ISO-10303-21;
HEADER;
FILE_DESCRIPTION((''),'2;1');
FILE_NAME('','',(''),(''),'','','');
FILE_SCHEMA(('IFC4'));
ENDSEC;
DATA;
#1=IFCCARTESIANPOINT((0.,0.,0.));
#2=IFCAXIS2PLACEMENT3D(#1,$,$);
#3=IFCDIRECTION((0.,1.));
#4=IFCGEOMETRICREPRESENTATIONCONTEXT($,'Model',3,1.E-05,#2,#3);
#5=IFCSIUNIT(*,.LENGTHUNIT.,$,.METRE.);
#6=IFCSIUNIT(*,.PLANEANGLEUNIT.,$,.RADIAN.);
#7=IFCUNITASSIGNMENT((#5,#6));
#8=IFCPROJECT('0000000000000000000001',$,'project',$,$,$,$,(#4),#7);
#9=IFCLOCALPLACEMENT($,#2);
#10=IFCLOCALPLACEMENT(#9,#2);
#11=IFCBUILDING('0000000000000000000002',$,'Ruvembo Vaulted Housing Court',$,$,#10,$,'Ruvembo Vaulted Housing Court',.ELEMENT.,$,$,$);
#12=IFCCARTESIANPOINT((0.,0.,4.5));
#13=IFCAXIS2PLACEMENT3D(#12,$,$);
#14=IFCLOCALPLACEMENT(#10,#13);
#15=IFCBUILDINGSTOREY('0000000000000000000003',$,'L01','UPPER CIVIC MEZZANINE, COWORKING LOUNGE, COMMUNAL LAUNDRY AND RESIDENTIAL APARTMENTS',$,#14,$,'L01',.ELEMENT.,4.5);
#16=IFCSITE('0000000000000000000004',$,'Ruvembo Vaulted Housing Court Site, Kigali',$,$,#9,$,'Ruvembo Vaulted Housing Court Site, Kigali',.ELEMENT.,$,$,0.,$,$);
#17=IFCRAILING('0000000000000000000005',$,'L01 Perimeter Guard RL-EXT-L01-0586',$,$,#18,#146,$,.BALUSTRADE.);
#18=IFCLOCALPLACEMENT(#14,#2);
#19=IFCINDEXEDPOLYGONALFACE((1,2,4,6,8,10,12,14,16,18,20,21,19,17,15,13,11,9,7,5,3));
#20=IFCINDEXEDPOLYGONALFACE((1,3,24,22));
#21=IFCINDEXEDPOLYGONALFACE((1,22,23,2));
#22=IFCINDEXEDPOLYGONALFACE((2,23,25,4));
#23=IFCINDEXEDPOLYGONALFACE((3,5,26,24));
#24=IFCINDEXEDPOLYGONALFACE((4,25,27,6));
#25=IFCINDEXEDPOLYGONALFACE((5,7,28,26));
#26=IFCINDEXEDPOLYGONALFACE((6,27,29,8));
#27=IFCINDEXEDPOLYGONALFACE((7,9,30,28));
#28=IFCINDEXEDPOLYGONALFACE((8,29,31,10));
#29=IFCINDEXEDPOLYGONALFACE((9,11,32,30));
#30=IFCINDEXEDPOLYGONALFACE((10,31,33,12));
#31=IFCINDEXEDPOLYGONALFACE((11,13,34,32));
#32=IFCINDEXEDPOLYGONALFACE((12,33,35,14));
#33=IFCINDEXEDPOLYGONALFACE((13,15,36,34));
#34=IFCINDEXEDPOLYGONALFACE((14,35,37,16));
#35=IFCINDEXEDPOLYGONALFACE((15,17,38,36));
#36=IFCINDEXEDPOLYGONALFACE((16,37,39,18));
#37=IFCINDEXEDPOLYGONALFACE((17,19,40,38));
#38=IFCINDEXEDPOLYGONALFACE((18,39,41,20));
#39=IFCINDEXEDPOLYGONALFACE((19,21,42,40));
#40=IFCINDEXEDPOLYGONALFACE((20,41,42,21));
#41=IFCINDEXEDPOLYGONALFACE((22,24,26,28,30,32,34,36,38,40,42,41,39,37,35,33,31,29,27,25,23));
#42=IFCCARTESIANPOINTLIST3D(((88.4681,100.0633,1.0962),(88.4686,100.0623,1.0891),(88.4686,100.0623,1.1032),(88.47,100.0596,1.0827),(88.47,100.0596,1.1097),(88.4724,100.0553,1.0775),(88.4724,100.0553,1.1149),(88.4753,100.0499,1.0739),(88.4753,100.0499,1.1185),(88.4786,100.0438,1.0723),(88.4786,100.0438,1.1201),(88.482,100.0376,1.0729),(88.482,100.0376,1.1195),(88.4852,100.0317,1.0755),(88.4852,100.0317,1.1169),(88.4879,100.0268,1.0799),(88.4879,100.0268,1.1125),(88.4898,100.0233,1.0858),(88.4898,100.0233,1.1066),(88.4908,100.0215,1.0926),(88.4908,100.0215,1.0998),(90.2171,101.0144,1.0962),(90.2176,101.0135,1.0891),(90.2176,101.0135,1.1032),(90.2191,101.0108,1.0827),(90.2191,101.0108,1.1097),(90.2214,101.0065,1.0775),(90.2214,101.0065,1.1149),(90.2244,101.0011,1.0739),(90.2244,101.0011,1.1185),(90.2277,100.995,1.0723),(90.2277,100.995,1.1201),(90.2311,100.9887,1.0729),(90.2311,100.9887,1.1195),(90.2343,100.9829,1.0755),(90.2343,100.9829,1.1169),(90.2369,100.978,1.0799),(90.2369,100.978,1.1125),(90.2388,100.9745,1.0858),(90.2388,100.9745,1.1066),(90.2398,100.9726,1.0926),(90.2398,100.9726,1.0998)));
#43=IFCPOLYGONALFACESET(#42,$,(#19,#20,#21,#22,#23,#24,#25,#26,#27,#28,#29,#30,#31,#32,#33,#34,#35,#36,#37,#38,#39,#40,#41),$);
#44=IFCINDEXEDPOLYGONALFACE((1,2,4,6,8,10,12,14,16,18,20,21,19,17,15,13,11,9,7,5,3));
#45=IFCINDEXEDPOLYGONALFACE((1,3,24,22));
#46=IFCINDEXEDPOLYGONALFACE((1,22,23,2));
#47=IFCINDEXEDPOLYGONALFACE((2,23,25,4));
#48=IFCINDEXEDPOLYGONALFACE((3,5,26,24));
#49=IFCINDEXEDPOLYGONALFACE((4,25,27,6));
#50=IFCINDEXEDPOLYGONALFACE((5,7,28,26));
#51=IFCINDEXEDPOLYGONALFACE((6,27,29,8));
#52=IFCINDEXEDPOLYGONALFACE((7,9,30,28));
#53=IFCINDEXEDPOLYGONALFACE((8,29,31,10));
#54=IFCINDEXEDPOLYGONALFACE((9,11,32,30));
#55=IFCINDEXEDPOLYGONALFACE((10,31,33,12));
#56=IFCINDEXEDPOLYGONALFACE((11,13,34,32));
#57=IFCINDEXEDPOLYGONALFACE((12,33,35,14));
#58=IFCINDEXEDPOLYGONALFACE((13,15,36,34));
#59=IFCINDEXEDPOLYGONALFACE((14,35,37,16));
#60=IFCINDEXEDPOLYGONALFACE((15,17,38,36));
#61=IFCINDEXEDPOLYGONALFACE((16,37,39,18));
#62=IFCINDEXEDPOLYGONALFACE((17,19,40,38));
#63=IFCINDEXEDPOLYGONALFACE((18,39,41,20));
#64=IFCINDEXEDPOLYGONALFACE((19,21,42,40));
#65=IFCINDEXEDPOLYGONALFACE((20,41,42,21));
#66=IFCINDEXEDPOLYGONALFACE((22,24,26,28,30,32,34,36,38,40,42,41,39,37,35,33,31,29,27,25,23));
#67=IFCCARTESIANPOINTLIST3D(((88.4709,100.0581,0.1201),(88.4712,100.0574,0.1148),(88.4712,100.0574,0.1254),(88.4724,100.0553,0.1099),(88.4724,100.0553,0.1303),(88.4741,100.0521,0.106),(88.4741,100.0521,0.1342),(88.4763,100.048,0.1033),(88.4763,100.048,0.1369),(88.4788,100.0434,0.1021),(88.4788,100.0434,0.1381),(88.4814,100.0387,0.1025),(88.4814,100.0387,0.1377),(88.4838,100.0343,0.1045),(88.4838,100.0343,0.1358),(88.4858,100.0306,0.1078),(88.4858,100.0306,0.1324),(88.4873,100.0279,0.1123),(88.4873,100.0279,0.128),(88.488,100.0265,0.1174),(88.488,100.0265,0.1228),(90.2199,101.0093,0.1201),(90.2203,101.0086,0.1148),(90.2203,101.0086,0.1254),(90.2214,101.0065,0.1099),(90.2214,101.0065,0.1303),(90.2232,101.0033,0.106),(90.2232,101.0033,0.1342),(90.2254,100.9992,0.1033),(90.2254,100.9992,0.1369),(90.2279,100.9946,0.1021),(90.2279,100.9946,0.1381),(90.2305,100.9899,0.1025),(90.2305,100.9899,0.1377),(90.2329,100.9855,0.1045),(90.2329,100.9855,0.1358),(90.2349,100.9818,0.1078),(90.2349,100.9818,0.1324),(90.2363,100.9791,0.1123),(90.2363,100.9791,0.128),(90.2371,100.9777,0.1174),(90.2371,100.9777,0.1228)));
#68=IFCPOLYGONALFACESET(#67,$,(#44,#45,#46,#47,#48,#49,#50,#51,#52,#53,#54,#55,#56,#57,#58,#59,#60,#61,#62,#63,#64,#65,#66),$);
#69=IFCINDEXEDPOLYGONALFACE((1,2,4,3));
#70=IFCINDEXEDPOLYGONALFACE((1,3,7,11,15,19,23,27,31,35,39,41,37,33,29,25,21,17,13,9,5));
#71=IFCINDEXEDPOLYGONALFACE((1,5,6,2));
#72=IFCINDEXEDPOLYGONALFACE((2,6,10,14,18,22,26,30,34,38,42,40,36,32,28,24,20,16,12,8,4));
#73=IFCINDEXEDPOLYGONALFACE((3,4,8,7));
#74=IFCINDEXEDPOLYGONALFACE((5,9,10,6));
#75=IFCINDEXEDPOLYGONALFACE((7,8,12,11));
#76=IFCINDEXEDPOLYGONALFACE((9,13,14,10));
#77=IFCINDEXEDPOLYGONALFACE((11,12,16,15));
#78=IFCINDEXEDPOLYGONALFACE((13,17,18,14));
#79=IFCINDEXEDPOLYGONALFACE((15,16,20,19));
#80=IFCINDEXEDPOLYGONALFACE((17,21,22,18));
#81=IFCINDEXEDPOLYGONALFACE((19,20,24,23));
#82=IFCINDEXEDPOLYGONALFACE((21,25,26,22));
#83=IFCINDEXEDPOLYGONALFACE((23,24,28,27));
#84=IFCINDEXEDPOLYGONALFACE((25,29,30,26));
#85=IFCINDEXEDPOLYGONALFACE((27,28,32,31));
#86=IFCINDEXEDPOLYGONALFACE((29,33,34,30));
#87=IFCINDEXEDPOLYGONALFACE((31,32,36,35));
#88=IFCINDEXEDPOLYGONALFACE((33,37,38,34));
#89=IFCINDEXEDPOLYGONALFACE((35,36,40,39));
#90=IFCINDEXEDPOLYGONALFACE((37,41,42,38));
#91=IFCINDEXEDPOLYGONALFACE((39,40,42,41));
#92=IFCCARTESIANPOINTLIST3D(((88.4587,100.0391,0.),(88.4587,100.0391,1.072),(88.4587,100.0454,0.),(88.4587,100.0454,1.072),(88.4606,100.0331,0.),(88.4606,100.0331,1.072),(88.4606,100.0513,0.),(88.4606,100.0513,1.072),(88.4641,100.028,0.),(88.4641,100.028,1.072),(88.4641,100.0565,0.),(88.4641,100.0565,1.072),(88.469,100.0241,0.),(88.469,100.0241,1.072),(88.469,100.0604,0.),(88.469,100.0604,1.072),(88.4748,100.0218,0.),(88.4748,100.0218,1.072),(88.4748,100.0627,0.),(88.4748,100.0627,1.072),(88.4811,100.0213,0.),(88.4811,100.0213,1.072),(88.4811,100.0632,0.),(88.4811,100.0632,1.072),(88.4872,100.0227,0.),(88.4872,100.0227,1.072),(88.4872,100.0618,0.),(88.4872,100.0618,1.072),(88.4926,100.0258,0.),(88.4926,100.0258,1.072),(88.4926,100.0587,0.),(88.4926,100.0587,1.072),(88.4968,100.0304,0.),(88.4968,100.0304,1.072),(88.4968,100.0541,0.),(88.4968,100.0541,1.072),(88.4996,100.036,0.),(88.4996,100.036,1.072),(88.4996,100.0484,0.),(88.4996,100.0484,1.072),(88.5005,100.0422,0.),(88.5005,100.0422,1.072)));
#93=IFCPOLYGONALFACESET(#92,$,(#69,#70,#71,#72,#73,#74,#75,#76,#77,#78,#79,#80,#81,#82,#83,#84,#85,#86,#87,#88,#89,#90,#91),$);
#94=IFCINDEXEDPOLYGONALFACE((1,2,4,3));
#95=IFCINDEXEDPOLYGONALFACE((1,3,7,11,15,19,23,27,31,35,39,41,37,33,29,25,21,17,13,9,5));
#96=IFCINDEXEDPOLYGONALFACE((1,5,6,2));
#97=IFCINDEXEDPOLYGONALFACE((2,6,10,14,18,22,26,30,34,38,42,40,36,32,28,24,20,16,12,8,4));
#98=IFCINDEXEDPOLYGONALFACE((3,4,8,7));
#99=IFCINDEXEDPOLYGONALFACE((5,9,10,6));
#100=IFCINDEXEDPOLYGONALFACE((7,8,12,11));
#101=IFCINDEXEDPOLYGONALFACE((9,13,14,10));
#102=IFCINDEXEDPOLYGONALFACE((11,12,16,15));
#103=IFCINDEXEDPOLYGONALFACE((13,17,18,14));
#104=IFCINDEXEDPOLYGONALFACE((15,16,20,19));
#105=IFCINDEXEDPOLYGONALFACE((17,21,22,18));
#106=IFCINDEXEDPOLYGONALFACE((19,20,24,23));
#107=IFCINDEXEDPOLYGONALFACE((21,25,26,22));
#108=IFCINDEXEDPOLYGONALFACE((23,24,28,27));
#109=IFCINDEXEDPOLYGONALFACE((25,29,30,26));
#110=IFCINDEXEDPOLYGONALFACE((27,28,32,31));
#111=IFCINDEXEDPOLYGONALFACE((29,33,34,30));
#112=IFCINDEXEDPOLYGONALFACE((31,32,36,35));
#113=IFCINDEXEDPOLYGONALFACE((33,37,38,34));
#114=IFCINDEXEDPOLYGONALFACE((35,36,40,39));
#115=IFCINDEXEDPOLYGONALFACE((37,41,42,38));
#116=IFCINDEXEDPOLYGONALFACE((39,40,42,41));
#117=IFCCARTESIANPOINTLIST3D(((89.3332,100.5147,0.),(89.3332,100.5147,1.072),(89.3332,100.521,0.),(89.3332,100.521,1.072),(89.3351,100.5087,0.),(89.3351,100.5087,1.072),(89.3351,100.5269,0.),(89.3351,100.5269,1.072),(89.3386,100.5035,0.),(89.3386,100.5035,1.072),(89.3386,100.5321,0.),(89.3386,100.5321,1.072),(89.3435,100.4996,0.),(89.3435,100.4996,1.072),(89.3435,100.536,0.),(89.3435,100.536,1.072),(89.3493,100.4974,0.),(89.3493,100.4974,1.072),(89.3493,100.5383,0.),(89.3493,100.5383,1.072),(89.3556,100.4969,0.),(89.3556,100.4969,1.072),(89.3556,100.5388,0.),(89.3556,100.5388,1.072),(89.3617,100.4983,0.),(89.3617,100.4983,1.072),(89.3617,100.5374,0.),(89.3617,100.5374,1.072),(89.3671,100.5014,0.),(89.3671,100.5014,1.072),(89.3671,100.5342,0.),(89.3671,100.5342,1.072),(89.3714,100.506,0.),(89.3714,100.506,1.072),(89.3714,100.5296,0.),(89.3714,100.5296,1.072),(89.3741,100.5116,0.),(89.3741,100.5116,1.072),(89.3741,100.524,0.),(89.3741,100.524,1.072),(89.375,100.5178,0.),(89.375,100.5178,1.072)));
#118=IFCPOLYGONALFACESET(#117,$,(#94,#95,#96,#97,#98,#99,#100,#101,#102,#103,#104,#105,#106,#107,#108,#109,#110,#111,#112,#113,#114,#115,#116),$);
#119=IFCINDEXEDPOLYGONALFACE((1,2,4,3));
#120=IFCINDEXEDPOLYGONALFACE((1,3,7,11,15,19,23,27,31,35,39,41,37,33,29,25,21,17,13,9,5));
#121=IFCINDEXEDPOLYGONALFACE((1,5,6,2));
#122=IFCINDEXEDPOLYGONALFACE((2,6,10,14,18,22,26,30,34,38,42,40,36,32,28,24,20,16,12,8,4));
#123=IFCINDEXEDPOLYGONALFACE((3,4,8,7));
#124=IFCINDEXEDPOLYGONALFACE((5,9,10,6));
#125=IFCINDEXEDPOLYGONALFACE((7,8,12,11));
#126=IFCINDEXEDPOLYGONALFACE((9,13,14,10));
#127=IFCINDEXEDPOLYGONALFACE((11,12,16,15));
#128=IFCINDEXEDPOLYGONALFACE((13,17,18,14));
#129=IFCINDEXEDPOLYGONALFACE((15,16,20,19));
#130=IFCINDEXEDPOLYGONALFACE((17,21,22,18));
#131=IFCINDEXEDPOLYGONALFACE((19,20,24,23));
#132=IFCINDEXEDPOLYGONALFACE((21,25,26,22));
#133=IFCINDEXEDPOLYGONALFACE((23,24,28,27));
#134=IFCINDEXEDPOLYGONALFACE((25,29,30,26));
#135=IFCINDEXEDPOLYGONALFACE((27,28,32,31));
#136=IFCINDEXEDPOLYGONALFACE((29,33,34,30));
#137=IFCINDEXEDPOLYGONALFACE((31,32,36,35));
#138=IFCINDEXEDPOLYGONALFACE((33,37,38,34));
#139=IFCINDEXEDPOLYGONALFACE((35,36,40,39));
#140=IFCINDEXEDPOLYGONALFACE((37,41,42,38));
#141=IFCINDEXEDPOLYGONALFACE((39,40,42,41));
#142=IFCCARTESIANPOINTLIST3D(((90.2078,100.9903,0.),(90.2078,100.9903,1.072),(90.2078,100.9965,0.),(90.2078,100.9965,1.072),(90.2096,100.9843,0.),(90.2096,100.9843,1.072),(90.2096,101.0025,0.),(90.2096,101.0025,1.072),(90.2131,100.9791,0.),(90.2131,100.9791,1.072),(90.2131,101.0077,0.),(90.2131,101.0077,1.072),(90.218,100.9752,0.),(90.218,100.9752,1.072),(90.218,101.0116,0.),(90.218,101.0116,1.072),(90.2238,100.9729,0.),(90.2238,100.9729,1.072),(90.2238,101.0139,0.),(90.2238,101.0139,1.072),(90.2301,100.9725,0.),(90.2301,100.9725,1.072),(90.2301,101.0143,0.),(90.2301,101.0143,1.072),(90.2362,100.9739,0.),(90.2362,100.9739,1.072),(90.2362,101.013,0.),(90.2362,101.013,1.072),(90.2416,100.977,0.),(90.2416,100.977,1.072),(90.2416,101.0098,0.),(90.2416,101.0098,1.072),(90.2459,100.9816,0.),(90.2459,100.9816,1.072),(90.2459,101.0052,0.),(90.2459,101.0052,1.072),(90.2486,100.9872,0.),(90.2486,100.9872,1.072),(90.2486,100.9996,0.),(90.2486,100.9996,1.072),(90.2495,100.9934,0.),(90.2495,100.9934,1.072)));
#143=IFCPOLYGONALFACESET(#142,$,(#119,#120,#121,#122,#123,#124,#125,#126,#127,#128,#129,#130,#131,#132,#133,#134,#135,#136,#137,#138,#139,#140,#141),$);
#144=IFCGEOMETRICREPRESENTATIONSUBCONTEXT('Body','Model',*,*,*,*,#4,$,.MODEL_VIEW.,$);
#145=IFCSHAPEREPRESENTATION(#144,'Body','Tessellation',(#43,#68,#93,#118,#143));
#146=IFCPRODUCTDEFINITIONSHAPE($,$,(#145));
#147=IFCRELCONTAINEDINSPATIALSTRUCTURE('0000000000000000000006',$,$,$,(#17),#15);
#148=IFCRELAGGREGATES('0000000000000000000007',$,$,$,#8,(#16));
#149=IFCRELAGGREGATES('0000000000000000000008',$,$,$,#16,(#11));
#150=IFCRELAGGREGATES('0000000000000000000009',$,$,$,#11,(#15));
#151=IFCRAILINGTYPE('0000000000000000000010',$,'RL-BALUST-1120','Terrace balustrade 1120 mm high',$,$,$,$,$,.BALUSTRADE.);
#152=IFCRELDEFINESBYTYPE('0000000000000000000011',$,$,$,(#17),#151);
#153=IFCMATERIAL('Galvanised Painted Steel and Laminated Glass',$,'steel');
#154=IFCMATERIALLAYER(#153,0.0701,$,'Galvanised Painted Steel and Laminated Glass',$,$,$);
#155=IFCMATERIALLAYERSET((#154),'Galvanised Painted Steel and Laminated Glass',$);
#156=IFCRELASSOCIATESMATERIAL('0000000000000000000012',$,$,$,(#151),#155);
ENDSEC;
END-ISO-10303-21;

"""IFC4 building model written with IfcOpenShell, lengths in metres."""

from ifc_helpers import new_model, si_unit, direction, frame, origin, origin_2d, place, context, subcontext, project, spatial, circle, extrude, material, layer, layer_set, type_object, element, save


model = new_model("IFC4")

# Units and contexts
model_context = context("Model", 3, precision=1e-05, world=origin(), true_north=direction((0.0, 1.0)))
body_context = subcontext(model_context, "Body", "Model", "MODEL_VIEW")
ifc_project = project(units=[si_unit("LENGTHUNIT", "METRE"), si_unit("PLANEANGLEUNIT", "RADIAN")], contexts=[model_context])

# Site, building, storey
site_placement = place(None, origin())
site = spatial("IfcSite", under=ifc_project, at=site_placement, Name="Ruvembo Vaulted Housing Court Site, Kigali", LongName="Ruvembo Vaulted Housing Court Site, Kigali", CompositionType="ELEMENT", RefElevation=0.0)
building_placement = place(site_placement, origin())
building = spatial("IfcBuilding", under=site, at=building_placement, Name="Ruvembo Vaulted Housing Court", LongName="Ruvembo Vaulted Housing Court", CompositionType="ELEMENT")
storey_placement = place(building_placement, frame((0.0, 0.0, 4.5)))
storey = spatial("IfcBuildingStorey", under=building, at=storey_placement, Name="L01", Description="UPPER CIVIC MEZZANINE, COWORKING LOUNGE, COMMUNAL LAUNDRY AND RESIDENTIAL APARTMENTS", LongName="L01", CompositionType="ELEMENT", Elevation=4.5)

# Railing
ifc_material_1 = material(Name="Galvanised Painted Steel and Laminated Glass", Category="steel")
ifc_layer_1 = layer(ifc_material_1, 0.0701, Name="Galvanised Painted Steel and Laminated Glass")
ifc_layer_set_1 = layer_set([ifc_layer_1], Name="Galvanised Painted Steel and Laminated Glass")
railing_type = type_object("IfcRailingType", Name="RL-BALUST-1120", Description="Terrace balustrade 1120 mm high", PredefinedType="BALUSTRADE", material=ifc_layer_set_1)
railing_1_placement = place(storey_placement, frame((88.4795, 100.0422, 0.0)))
element("IfcRailing", 1, at=railing_1_placement, inside=storey, type_object=railing_type, Name="L01 Perimeter Guard RL-EXT-L01-0586", PredefinedType="BALUSTRADE", context=body_context, shape_type="SweptSolid", body=[
    extrude(circle(Radius=0.0239, at=origin_2d()), frame((0.0, 0.0, 1.0962), z_axis=(0.878495, 0.477752, 0.0), x_axis=(-0.477752, 0.878495, 0.0)), (0.0, 0.0, 1.0), 1.991),
    extrude(circle(Radius=0.0181, at=origin_2d()), frame((0.0, 0.0, 0.1201), z_axis=(0.878495, 0.477752, 0.0), x_axis=(-0.477752, 0.878495, 0.0)), (0.0, 0.0, 1.0), 1.991),
    extrude(circle(Radius=0.021, at=origin_2d()), origin(), (0.0, 0.0, 1.0), 1.072),
    extrude(circle(Radius=0.021, at=origin_2d()), frame((0.8745, 0.4756, 0.0)), (0.0, 0.0, 1.0), 1.072),
    extrude(circle(Radius=0.021, at=origin_2d()), frame((1.749, 0.9512, 0.0)), (0.0, 0.0, 1.0), 1.072),
])

save(model, "model.ifc")
